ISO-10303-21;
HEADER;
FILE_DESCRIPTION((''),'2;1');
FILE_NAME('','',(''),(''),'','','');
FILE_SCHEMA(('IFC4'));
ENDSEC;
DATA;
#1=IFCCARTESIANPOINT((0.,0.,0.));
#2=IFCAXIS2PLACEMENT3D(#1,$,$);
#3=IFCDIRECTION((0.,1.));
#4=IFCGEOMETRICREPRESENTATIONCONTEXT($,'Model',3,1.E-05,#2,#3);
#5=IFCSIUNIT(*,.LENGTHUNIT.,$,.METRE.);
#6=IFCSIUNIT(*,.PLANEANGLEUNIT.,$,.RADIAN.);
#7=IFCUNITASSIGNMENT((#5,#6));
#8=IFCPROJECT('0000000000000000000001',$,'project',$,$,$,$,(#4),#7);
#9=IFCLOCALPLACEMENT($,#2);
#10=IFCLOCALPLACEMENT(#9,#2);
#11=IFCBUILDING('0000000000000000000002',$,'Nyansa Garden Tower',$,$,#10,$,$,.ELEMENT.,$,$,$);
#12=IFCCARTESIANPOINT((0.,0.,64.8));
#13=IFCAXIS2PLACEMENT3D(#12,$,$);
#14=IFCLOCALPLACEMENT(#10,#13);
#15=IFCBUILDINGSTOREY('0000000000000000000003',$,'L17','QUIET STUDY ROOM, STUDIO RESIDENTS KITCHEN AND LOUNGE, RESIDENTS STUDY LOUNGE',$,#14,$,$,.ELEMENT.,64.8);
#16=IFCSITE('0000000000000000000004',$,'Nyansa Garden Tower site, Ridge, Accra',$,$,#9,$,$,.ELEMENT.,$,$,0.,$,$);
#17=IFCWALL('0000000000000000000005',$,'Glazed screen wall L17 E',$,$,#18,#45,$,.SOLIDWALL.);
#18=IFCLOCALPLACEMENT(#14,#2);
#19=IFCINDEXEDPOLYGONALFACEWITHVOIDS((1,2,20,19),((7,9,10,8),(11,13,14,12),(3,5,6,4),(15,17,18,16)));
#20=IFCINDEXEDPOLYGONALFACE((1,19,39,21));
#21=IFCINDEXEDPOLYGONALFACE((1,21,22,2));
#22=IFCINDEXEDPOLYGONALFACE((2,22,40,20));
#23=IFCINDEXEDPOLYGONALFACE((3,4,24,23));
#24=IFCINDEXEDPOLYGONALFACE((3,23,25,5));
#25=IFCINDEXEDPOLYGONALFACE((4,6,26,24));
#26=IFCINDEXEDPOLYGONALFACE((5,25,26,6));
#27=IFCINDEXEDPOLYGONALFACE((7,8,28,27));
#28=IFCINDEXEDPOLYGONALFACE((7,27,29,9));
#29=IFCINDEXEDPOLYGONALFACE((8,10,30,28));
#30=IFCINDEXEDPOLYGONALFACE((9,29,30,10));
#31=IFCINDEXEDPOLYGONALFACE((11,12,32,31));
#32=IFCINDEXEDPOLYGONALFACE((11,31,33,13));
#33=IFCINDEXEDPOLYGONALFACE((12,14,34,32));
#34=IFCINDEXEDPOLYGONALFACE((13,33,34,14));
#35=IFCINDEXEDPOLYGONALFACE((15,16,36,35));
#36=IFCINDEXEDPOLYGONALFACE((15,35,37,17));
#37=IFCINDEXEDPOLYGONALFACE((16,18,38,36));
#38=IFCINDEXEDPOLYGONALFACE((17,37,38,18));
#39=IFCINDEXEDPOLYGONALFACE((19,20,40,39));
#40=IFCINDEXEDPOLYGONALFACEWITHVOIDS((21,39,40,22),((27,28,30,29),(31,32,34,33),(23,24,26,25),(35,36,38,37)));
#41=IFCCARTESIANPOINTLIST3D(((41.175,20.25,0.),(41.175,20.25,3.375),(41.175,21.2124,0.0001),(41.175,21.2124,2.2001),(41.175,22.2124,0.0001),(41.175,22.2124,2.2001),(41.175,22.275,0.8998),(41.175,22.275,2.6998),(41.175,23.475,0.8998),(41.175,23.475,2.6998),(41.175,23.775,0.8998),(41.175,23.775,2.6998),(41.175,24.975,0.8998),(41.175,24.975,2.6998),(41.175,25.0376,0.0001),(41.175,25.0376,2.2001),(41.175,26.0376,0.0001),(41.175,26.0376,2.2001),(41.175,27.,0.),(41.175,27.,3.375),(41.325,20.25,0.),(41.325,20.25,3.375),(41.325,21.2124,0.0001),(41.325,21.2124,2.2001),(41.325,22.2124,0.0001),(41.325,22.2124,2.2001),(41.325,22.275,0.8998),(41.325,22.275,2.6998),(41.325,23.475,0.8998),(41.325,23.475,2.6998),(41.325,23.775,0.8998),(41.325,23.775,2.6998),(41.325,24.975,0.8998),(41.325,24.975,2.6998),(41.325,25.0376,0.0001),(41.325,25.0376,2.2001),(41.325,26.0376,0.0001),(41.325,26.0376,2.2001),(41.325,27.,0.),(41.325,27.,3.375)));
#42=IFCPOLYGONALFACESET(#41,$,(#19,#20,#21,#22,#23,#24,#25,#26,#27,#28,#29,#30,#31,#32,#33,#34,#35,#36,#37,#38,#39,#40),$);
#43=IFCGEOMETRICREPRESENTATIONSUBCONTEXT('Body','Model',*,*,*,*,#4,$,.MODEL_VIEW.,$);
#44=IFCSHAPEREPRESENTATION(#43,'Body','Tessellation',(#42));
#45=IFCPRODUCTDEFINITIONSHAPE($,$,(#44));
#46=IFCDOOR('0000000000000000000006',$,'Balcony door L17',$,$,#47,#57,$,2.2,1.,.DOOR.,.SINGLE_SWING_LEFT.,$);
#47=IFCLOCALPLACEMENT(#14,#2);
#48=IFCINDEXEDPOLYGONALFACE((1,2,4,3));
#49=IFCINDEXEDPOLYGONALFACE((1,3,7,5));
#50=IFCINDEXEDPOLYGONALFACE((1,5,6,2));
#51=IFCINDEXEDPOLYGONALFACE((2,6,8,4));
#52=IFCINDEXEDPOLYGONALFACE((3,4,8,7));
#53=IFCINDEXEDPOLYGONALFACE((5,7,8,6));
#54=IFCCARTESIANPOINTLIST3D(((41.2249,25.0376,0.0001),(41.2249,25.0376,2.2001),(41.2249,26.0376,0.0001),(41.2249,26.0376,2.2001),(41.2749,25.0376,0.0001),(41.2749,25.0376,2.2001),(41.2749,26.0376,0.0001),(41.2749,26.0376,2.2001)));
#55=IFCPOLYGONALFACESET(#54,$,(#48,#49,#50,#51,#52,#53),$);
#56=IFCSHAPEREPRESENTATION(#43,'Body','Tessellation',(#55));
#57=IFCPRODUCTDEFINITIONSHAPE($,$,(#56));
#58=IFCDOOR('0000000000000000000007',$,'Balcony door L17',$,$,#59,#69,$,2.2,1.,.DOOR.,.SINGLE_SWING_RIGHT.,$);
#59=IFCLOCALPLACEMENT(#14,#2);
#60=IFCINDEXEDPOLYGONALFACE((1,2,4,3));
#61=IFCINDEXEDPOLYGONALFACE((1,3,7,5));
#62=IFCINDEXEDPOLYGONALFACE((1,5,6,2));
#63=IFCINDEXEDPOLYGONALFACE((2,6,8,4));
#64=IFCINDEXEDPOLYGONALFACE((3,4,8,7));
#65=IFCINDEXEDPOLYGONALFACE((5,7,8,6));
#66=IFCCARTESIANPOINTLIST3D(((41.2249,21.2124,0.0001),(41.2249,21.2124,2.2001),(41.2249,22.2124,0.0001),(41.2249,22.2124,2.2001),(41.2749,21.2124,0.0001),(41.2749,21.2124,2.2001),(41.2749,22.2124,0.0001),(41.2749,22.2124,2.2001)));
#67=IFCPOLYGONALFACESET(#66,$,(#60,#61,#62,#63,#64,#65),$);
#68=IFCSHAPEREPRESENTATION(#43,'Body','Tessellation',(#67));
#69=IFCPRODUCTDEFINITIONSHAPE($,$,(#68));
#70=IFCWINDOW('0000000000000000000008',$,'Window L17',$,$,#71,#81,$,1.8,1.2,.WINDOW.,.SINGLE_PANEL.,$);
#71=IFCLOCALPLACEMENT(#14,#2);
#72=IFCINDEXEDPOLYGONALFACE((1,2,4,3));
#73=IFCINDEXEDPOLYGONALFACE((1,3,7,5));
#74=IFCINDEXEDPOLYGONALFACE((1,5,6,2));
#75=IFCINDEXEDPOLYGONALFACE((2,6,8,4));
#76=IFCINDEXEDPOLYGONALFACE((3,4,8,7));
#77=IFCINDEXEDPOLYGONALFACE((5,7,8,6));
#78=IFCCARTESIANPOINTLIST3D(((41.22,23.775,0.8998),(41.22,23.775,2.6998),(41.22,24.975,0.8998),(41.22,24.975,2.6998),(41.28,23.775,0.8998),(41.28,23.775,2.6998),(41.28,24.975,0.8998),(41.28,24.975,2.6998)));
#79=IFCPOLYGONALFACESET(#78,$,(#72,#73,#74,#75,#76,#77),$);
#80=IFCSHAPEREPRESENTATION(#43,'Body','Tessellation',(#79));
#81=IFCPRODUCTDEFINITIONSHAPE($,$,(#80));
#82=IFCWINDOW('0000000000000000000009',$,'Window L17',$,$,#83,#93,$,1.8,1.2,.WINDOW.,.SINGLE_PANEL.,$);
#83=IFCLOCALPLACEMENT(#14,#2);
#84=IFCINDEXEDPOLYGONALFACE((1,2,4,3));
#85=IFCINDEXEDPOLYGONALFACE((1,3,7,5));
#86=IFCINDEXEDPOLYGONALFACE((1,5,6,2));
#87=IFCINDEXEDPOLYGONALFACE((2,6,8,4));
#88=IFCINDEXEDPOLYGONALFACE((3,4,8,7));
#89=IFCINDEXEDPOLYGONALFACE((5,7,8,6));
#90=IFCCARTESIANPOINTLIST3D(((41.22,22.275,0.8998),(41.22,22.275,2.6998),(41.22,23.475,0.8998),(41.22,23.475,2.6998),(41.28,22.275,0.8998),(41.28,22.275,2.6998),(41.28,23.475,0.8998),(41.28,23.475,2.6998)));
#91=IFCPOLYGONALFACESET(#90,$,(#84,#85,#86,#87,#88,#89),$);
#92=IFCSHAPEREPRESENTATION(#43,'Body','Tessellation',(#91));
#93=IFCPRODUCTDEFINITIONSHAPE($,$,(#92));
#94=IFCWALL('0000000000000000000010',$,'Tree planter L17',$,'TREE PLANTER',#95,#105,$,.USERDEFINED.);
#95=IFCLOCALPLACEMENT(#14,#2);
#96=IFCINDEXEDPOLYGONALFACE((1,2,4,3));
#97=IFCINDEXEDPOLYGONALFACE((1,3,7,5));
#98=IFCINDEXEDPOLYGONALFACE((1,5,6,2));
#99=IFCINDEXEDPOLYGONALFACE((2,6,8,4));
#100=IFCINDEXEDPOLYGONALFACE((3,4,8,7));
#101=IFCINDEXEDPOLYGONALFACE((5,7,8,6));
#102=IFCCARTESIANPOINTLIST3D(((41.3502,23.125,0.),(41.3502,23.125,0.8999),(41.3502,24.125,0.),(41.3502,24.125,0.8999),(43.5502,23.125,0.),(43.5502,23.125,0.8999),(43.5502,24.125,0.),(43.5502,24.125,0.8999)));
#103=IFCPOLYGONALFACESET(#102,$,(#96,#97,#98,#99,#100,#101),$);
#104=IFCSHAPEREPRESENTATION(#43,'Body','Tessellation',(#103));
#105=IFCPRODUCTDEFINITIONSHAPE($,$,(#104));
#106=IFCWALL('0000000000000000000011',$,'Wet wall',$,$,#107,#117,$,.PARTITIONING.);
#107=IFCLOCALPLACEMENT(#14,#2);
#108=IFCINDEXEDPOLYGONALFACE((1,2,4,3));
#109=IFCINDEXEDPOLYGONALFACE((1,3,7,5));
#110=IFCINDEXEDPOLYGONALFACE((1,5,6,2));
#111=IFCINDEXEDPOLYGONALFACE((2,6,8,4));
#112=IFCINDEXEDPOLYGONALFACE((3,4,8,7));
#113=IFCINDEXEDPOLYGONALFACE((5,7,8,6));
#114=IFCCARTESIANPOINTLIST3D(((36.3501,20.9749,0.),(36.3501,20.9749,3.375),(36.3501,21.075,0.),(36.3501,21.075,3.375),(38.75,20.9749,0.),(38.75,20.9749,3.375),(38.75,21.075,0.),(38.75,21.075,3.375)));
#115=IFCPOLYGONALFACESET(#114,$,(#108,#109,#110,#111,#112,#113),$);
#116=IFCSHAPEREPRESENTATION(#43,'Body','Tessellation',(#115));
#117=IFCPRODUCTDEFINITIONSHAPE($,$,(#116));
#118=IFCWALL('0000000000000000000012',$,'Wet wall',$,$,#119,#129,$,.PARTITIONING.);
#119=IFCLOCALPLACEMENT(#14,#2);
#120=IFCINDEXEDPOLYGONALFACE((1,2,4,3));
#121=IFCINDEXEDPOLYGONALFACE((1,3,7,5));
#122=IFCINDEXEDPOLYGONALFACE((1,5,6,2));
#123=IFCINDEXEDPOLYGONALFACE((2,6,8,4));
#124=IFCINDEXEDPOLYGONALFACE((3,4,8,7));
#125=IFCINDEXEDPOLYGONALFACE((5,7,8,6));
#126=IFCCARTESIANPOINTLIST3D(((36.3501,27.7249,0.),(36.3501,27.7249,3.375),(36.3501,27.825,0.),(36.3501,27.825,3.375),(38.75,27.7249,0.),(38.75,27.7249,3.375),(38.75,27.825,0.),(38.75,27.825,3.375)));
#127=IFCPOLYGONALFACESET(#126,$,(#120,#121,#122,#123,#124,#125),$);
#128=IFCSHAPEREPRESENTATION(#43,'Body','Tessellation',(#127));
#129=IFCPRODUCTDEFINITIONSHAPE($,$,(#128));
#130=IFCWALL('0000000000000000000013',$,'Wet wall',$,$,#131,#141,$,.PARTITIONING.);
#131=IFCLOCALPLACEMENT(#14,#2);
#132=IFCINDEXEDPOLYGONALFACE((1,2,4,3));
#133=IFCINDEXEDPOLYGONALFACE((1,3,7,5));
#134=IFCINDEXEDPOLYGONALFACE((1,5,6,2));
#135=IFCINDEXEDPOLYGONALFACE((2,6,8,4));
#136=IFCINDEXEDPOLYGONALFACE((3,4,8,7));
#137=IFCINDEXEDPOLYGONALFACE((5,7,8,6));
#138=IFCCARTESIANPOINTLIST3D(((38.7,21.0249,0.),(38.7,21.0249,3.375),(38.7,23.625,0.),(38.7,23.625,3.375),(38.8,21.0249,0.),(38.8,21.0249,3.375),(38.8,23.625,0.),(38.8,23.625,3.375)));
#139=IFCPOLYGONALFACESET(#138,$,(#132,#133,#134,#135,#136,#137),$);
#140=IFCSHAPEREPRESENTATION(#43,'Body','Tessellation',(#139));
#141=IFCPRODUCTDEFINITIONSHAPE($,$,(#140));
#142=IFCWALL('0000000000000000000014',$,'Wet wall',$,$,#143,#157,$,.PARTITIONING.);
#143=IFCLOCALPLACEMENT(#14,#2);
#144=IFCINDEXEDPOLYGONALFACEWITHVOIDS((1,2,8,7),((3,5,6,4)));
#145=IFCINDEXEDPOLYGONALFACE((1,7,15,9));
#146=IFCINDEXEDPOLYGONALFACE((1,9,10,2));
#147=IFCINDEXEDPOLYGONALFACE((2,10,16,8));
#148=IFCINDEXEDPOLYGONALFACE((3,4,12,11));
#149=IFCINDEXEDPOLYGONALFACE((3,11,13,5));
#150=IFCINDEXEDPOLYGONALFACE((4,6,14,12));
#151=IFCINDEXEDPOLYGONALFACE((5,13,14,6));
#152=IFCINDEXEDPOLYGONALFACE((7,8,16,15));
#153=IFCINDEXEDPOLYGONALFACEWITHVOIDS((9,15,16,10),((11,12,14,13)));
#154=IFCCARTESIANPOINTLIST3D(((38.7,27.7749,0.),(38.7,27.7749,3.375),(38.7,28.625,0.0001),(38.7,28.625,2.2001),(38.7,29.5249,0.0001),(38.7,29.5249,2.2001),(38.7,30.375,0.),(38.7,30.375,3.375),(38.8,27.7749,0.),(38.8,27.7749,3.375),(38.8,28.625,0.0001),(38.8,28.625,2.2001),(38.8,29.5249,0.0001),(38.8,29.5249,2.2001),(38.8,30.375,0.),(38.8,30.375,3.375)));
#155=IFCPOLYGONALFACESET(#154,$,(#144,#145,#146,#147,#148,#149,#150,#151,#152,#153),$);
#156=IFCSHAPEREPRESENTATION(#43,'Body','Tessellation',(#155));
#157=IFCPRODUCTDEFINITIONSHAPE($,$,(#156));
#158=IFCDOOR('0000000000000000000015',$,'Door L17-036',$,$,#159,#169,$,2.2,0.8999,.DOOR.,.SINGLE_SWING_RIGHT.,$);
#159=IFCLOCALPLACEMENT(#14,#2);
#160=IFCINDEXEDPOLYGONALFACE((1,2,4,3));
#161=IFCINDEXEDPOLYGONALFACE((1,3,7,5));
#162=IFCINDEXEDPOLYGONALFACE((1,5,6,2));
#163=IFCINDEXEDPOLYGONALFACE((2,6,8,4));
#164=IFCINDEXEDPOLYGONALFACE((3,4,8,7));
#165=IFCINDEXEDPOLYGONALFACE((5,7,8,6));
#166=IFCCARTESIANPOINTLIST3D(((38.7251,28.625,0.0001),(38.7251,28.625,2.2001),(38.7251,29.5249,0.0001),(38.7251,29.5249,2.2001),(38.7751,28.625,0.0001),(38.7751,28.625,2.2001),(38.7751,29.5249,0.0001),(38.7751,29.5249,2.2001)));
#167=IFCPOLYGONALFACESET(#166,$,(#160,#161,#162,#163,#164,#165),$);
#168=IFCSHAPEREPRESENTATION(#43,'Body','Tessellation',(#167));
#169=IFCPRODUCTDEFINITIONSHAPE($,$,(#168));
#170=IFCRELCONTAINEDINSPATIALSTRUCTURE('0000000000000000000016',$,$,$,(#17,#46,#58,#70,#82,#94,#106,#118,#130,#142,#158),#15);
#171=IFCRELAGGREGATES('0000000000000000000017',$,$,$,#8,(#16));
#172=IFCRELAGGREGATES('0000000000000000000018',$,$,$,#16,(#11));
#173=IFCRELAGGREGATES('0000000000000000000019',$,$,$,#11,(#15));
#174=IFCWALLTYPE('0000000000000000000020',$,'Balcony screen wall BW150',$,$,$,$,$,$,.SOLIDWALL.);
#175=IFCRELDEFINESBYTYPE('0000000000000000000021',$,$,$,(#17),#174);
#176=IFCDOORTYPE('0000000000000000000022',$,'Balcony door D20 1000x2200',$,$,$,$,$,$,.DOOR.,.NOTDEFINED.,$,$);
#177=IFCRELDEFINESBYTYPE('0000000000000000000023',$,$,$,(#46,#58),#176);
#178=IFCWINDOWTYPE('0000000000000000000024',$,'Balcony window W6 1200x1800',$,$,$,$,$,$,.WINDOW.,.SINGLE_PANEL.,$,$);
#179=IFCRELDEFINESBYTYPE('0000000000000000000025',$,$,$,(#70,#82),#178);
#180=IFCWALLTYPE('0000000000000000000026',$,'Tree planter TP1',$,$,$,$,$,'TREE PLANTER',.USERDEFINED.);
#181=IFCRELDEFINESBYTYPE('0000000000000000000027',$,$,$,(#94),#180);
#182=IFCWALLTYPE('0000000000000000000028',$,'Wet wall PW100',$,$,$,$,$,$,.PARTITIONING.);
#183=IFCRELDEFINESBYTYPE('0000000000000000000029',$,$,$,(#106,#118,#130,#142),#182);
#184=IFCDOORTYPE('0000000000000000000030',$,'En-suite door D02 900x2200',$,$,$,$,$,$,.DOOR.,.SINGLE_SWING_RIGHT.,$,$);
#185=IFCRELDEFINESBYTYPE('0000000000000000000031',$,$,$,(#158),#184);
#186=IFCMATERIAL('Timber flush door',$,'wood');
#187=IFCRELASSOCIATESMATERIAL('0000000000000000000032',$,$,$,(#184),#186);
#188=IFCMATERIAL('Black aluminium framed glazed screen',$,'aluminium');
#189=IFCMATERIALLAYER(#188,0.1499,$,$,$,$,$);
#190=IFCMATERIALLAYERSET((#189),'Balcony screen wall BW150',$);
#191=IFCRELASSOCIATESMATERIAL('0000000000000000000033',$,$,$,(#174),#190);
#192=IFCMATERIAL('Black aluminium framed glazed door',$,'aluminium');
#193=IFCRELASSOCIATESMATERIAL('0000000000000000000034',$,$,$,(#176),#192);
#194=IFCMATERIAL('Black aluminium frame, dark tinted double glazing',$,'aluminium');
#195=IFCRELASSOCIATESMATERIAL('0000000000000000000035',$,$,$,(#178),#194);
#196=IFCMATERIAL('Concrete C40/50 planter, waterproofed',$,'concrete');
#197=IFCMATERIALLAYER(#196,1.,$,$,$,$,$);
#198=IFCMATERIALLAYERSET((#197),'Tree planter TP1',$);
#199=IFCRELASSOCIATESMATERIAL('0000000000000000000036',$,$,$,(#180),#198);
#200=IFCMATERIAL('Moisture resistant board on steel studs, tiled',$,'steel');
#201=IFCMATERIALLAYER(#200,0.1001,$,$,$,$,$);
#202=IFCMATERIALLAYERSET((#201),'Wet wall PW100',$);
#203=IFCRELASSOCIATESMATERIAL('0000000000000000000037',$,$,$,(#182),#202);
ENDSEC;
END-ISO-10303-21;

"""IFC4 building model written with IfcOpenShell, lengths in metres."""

from ifc_helpers import new_model, si_unit, direction, frame, frame_2d, origin, place, context, subcontext, project, spatial, rectangle, extrude, material, layer, layer_set, type_object, element, fill, save


model = new_model("IFC4")

# Units and contexts
model_context = context("Model", 3, precision=1e-05, world=origin(), true_north=direction((0.0, 1.0)))
body_context = subcontext(model_context, "Body", "Model", "MODEL_VIEW")
ifc_project = project(units=[si_unit("LENGTHUNIT", "METRE"), si_unit("PLANEANGLEUNIT", "RADIAN")], contexts=[model_context])

# Site, building, storey
site_placement = place(None, origin())
site = spatial("IfcSite", under=ifc_project, at=site_placement, Name="Nyansa Garden Tower site, Ridge, Accra", CompositionType="ELEMENT", RefElevation=0.0)
building_placement = place(site_placement, origin())
building = spatial("IfcBuilding", under=site, at=building_placement, Name="Nyansa Garden Tower", CompositionType="ELEMENT")
storey_placement = place(building_placement, frame((0.0, 0.0, 64.8)))
storey = spatial("IfcBuildingStorey", under=building, at=storey_placement, Name="L17", Description="QUIET STUDY ROOM, STUDIO RESIDENTS KITCHEN AND LOUNGE, RESIDENTS STUDY LOUNGE", CompositionType="ELEMENT", Elevation=64.8)

# Shared definitions
ifc_material_1 = material(Name="Timber flush door", Category="wood")
door_type_1 = type_object("IfcDoorType", Name="En-suite door D02 900x2200", OperationType="SINGLE_SWING_RIGHT", PredefinedType="DOOR", material=ifc_material_1)

# Wall, openings, doors, windows
ifc_material_2 = material(Name="Black aluminium framed glazed screen", Category="aluminium")
ifc_layer_1 = layer(ifc_material_2, 0.1499)
ifc_layer_set_1 = layer_set([ifc_layer_1], Name="Balcony screen wall BW150")
wall_type_1 = type_object("IfcWallType", Name="Balcony screen wall BW150", PredefinedType="SOLIDWALL", material=ifc_layer_set_1)
wall_1_placement = place(storey_placement, frame((41.25, 27.0, 0.0), z_axis=(0.0, 0.0, 1.0), x_axis=(0.0, -1.0, 0.0)))
wall_1 = element("IfcWall", 1, at=wall_1_placement, inside=storey, type_object=wall_type_1, Name="Glazed screen wall L17 E", PredefinedType="SOLIDWALL", context=body_context, shape_type="SweptSolid", body=[
    extrude(rectangle(XDim=6.75, YDim=0.1499, at=frame_2d((3.375, 0.0))), origin(), (0.0, 0.0, 1.0), 3.375),
])
opening_1_placement = place(wall_1_placement, frame((0.9624, 0.0, 0.0)))
opening_1 = element("IfcOpeningElement", 2, at=opening_1_placement, cuts=wall_1, PredefinedType="OPENING", context=body_context, shape_type="SweptSolid", body=[
    extrude(rectangle(XDim=1.0, YDim=2.2, at=frame_2d((0.5, 1.1001))), frame((0.0, 0.085, 0.0), z_axis=(0.0, -1.0, 0.0), x_axis=(1.0, 0.0, 0.0)), (0.0, 0.0, 1.0), 0.1699),
])
opening_2_placement = place(wall_1_placement, frame((2.0249, 0.0, 0.8999)))
opening_2 = element("IfcOpeningElement", 3, at=opening_2_placement, cuts=wall_1, PredefinedType="OPENING", context=body_context, shape_type="SweptSolid", body=[
    extrude(rectangle(XDim=1.2, YDim=1.8, at=frame_2d((0.6001, 0.8999))), frame((0.0, 0.085, 0.0), z_axis=(0.0, -1.0, 0.0), x_axis=(1.0, 0.0, 0.0)), (0.0, 0.0, 1.0), 0.1699),
])
opening_3_placement = place(wall_1_placement, frame((4.7876, 0.0, 0.0)))
opening_3 = element("IfcOpeningElement", 4, at=opening_3_placement, cuts=wall_1, PredefinedType="OPENING", context=body_context, shape_type="SweptSolid", body=[
    extrude(rectangle(XDim=1.0, YDim=2.2, at=frame_2d((0.5, 1.1001))), frame((0.0, 0.085, 0.0), z_axis=(0.0, -1.0, 0.0), x_axis=(1.0, 0.0, 0.0)), (0.0, 0.0, 1.0), 0.1699),
])
opening_4_placement = place(wall_1_placement, frame((3.5249, 0.0, 0.8999)))
opening_4 = element("IfcOpeningElement", 5, at=opening_4_placement, cuts=wall_1, PredefinedType="OPENING", context=body_context, shape_type="SweptSolid", body=[
    extrude(rectangle(XDim=1.2, YDim=1.8, at=frame_2d((0.6001, 0.8999))), frame((0.0, 0.085, 0.0), z_axis=(0.0, -1.0, 0.0), x_axis=(1.0, 0.0, 0.0)), (0.0, 0.0, 1.0), 0.1699),
])
ifc_material_3 = material(Name="Black aluminium framed glazed door", Category="aluminium")
door_type_2 = type_object("IfcDoorType", Name="Balcony door D20 1000x2200", OperationType="NOTDEFINED", PredefinedType="DOOR", material=ifc_material_3)
door_1_placement = place(opening_1_placement, origin())
door_1 = element("IfcDoor", 6, at=door_1_placement, inside=storey, type_object=door_type_2, Name="Balcony door L17", OperationType="SINGLE_SWING_LEFT", OverallHeight=2.2, OverallWidth=1.0, PredefinedType="DOOR", context=body_context, shape_type="SweptSolid", body=[
    extrude(rectangle(XDim=1.0, YDim=2.2, at=frame_2d((0.5, 1.1001))), frame((0.0, 0.0249, 0.0), z_axis=(0.0, -1.0, 0.0), x_axis=(1.0, 0.0, 0.0)), (0.0, 0.0, 1.0), 0.05),
])
fill(opening_1, door_1)
door_2_placement = place(opening_3_placement, origin())
door_2 = element("IfcDoor", 7, at=door_2_placement, inside=storey, type_object=door_type_2, Name="Balcony door L17", OperationType="SINGLE_SWING_RIGHT", OverallHeight=2.2, OverallWidth=1.0, PredefinedType="DOOR", context=body_context, shape_type="SweptSolid", body=[
    extrude(rectangle(XDim=1.0, YDim=2.2, at=frame_2d((0.5, 1.1001))), frame((0.0, 0.0249, 0.0), z_axis=(0.0, -1.0, 0.0), x_axis=(1.0, 0.0, 0.0)), (0.0, 0.0, 1.0), 0.05),
])
fill(opening_3, door_2)
ifc_material_4 = material(Name="Black aluminium frame, dark tinted double glazing", Category="aluminium")
window_type = type_object("IfcWindowType", Name="Balcony window W6 1200x1800", PartitioningType="SINGLE_PANEL", PredefinedType="WINDOW", material=ifc_material_4)
window_1_placement = place(opening_2_placement, origin())
window_1 = element("IfcWindow", 8, at=window_1_placement, inside=storey, type_object=window_type, Name="Window L17", OverallHeight=1.8, OverallWidth=1.2, PartitioningType="SINGLE_PANEL", PredefinedType="WINDOW", context=body_context, shape_type="SweptSolid", body=[
    extrude(rectangle(XDim=1.2, YDim=1.8, at=frame_2d((0.6001, 0.8999))), frame((0.0, 0.03, 0.0), z_axis=(0.0, -1.0, 0.0), x_axis=(1.0, 0.0, 0.0)), (0.0, 0.0, 1.0), 0.0601),
])
fill(opening_2, window_1)
window_2_placement = place(opening_4_placement, origin())
window_2 = element("IfcWindow", 9, at=window_2_placement, inside=storey, type_object=window_type, Name="Window L17", OverallHeight=1.8, OverallWidth=1.2, PartitioningType="SINGLE_PANEL", PredefinedType="WINDOW", context=body_context, shape_type="SweptSolid", body=[
    extrude(rectangle(XDim=1.2, YDim=1.8, at=frame_2d((0.6001, 0.8999))), frame((0.0, 0.03, 0.0), z_axis=(0.0, -1.0, 0.0), x_axis=(1.0, 0.0, 0.0)), (0.0, 0.0, 1.0), 0.0601),
])
fill(opening_4, window_2)

# Walls
ifc_material_5 = material(Name="Concrete C40/50 planter, waterproofed", Category="concrete")
ifc_layer_2 = layer(ifc_material_5, 1.0)
ifc_layer_set_2 = layer_set([ifc_layer_2], Name="Tree planter TP1")
wall_type_2 = type_object("IfcWallType", Name="Tree planter TP1", ElementType="TREE PLANTER", PredefinedType="USERDEFINED", material=ifc_layer_set_2)
wall_2_placement = place(storey_placement, frame((41.3501, 23.625, 0.0), z_axis=(0.0, 0.0, 1.0), x_axis=(1.0, 0.0, 0.0)))
element("IfcWall", 10, at=wall_2_placement, inside=storey, type_object=wall_type_2, Name="Tree planter L17", ObjectType="TREE PLANTER", PredefinedType="USERDEFINED", context=body_context, shape_type="SweptSolid", body=[
    extrude(rectangle(XDim=2.2, YDim=1.0, at=frame_2d((1.1001, 0.0))), origin(), (0.0, 0.0, 1.0), 0.8999),
])
ifc_material_6 = material(Name="Moisture resistant board on steel studs, tiled", Category="steel")
ifc_layer_3 = layer(ifc_material_6, 0.1001)
ifc_layer_set_3 = layer_set([ifc_layer_3], Name="Wet wall PW100")
wall_type_3 = type_object("IfcWallType", Name="Wet wall PW100", PredefinedType="PARTITIONING", material=ifc_layer_set_3)
for number, where, z_axis, x_axis, name in (
    (11, (36.3501, 21.0249, 0.0), (0.0, 0.0, 1.0), (1.0, 0.0, 0.0), "Wet wall"),
    (12, (36.3501, 27.7749, 0.0), (0.0, 0.0, 1.0), (1.0, 0.0, 0.0), "Wet wall"),
):
    element("IfcWall", number, at=place(storey_placement, frame(where, z_axis=z_axis, x_axis=x_axis)), inside=storey, type_object=wall_type_3, Name=name, PredefinedType="PARTITIONING", context=body_context, shape_type="SweptSolid", body=[
        extrude(rectangle(XDim=2.3999, YDim=0.1001, at=frame_2d((1.2, 0.0))), origin(), (0.0, 0.0, 1.0), 3.375),
    ])
wall_3_placement = place(storey_placement, frame((38.75, 21.0249, 0.0), z_axis=(0.0, 0.0, 1.0), x_axis=(0.0, 1.0, 0.0)))
element("IfcWall", 13, at=wall_3_placement, inside=storey, type_object=wall_type_3, Name="Wet wall", PredefinedType="PARTITIONING", context=body_context, shape_type="SweptSolid", body=[
    extrude(rectangle(XDim=2.6001, YDim=0.1001, at=frame_2d((1.3, 0.0))), origin(), (0.0, 0.0, 1.0), 3.375),
])

# Wall, opening, door
wall_4_placement = place(storey_placement, frame((38.75, 27.7749, 0.0), z_axis=(0.0, 0.0, 1.0), x_axis=(0.0, 1.0, 0.0)))
wall_4 = element("IfcWall", 14, at=wall_4_placement, inside=storey, type_object=wall_type_3, Name="Wet wall", PredefinedType="PARTITIONING", context=body_context, shape_type="SweptSolid", body=[
    extrude(rectangle(XDim=2.6001, YDim=0.1001, at=frame_2d((1.3, 0.0))), origin(), (0.0, 0.0, 1.0), 3.375),
])
opening_5_placement = place(wall_4_placement, frame((0.8501, 0.0, 0.0)))
opening_5 = element("IfcOpeningElement", 15, at=opening_5_placement, cuts=wall_4, PredefinedType="OPENING", context=body_context, shape_type="SweptSolid", body=[
    extrude(rectangle(XDim=0.8999, YDim=2.2, at=frame_2d((0.45, 1.1001))), frame((0.0, 0.0601, 0.0), z_axis=(0.0, -1.0, 0.0), x_axis=(1.0, 0.0, 0.0)), (0.0, 0.0, 1.0), 0.1201),
])
door_3_placement = place(opening_5_placement, origin())
door_3 = element("IfcDoor", 16, at=door_3_placement, inside=storey, type_object=door_type_1, Name="Door L17-036", OperationType="SINGLE_SWING_RIGHT", OverallHeight=2.2, OverallWidth=0.8999, PredefinedType="DOOR", context=body_context, shape_type="SweptSolid", body=[
    extrude(rectangle(XDim=0.8999, YDim=2.2, at=frame_2d((0.45, 1.1001))), frame((0.0, 0.0249, 0.0), z_axis=(0.0, -1.0, 0.0), x_axis=(1.0, 0.0, 0.0)), (0.0, 0.0, 1.0), 0.05),
])
fill(opening_5, door_3)

save(model, "model.ifc")
